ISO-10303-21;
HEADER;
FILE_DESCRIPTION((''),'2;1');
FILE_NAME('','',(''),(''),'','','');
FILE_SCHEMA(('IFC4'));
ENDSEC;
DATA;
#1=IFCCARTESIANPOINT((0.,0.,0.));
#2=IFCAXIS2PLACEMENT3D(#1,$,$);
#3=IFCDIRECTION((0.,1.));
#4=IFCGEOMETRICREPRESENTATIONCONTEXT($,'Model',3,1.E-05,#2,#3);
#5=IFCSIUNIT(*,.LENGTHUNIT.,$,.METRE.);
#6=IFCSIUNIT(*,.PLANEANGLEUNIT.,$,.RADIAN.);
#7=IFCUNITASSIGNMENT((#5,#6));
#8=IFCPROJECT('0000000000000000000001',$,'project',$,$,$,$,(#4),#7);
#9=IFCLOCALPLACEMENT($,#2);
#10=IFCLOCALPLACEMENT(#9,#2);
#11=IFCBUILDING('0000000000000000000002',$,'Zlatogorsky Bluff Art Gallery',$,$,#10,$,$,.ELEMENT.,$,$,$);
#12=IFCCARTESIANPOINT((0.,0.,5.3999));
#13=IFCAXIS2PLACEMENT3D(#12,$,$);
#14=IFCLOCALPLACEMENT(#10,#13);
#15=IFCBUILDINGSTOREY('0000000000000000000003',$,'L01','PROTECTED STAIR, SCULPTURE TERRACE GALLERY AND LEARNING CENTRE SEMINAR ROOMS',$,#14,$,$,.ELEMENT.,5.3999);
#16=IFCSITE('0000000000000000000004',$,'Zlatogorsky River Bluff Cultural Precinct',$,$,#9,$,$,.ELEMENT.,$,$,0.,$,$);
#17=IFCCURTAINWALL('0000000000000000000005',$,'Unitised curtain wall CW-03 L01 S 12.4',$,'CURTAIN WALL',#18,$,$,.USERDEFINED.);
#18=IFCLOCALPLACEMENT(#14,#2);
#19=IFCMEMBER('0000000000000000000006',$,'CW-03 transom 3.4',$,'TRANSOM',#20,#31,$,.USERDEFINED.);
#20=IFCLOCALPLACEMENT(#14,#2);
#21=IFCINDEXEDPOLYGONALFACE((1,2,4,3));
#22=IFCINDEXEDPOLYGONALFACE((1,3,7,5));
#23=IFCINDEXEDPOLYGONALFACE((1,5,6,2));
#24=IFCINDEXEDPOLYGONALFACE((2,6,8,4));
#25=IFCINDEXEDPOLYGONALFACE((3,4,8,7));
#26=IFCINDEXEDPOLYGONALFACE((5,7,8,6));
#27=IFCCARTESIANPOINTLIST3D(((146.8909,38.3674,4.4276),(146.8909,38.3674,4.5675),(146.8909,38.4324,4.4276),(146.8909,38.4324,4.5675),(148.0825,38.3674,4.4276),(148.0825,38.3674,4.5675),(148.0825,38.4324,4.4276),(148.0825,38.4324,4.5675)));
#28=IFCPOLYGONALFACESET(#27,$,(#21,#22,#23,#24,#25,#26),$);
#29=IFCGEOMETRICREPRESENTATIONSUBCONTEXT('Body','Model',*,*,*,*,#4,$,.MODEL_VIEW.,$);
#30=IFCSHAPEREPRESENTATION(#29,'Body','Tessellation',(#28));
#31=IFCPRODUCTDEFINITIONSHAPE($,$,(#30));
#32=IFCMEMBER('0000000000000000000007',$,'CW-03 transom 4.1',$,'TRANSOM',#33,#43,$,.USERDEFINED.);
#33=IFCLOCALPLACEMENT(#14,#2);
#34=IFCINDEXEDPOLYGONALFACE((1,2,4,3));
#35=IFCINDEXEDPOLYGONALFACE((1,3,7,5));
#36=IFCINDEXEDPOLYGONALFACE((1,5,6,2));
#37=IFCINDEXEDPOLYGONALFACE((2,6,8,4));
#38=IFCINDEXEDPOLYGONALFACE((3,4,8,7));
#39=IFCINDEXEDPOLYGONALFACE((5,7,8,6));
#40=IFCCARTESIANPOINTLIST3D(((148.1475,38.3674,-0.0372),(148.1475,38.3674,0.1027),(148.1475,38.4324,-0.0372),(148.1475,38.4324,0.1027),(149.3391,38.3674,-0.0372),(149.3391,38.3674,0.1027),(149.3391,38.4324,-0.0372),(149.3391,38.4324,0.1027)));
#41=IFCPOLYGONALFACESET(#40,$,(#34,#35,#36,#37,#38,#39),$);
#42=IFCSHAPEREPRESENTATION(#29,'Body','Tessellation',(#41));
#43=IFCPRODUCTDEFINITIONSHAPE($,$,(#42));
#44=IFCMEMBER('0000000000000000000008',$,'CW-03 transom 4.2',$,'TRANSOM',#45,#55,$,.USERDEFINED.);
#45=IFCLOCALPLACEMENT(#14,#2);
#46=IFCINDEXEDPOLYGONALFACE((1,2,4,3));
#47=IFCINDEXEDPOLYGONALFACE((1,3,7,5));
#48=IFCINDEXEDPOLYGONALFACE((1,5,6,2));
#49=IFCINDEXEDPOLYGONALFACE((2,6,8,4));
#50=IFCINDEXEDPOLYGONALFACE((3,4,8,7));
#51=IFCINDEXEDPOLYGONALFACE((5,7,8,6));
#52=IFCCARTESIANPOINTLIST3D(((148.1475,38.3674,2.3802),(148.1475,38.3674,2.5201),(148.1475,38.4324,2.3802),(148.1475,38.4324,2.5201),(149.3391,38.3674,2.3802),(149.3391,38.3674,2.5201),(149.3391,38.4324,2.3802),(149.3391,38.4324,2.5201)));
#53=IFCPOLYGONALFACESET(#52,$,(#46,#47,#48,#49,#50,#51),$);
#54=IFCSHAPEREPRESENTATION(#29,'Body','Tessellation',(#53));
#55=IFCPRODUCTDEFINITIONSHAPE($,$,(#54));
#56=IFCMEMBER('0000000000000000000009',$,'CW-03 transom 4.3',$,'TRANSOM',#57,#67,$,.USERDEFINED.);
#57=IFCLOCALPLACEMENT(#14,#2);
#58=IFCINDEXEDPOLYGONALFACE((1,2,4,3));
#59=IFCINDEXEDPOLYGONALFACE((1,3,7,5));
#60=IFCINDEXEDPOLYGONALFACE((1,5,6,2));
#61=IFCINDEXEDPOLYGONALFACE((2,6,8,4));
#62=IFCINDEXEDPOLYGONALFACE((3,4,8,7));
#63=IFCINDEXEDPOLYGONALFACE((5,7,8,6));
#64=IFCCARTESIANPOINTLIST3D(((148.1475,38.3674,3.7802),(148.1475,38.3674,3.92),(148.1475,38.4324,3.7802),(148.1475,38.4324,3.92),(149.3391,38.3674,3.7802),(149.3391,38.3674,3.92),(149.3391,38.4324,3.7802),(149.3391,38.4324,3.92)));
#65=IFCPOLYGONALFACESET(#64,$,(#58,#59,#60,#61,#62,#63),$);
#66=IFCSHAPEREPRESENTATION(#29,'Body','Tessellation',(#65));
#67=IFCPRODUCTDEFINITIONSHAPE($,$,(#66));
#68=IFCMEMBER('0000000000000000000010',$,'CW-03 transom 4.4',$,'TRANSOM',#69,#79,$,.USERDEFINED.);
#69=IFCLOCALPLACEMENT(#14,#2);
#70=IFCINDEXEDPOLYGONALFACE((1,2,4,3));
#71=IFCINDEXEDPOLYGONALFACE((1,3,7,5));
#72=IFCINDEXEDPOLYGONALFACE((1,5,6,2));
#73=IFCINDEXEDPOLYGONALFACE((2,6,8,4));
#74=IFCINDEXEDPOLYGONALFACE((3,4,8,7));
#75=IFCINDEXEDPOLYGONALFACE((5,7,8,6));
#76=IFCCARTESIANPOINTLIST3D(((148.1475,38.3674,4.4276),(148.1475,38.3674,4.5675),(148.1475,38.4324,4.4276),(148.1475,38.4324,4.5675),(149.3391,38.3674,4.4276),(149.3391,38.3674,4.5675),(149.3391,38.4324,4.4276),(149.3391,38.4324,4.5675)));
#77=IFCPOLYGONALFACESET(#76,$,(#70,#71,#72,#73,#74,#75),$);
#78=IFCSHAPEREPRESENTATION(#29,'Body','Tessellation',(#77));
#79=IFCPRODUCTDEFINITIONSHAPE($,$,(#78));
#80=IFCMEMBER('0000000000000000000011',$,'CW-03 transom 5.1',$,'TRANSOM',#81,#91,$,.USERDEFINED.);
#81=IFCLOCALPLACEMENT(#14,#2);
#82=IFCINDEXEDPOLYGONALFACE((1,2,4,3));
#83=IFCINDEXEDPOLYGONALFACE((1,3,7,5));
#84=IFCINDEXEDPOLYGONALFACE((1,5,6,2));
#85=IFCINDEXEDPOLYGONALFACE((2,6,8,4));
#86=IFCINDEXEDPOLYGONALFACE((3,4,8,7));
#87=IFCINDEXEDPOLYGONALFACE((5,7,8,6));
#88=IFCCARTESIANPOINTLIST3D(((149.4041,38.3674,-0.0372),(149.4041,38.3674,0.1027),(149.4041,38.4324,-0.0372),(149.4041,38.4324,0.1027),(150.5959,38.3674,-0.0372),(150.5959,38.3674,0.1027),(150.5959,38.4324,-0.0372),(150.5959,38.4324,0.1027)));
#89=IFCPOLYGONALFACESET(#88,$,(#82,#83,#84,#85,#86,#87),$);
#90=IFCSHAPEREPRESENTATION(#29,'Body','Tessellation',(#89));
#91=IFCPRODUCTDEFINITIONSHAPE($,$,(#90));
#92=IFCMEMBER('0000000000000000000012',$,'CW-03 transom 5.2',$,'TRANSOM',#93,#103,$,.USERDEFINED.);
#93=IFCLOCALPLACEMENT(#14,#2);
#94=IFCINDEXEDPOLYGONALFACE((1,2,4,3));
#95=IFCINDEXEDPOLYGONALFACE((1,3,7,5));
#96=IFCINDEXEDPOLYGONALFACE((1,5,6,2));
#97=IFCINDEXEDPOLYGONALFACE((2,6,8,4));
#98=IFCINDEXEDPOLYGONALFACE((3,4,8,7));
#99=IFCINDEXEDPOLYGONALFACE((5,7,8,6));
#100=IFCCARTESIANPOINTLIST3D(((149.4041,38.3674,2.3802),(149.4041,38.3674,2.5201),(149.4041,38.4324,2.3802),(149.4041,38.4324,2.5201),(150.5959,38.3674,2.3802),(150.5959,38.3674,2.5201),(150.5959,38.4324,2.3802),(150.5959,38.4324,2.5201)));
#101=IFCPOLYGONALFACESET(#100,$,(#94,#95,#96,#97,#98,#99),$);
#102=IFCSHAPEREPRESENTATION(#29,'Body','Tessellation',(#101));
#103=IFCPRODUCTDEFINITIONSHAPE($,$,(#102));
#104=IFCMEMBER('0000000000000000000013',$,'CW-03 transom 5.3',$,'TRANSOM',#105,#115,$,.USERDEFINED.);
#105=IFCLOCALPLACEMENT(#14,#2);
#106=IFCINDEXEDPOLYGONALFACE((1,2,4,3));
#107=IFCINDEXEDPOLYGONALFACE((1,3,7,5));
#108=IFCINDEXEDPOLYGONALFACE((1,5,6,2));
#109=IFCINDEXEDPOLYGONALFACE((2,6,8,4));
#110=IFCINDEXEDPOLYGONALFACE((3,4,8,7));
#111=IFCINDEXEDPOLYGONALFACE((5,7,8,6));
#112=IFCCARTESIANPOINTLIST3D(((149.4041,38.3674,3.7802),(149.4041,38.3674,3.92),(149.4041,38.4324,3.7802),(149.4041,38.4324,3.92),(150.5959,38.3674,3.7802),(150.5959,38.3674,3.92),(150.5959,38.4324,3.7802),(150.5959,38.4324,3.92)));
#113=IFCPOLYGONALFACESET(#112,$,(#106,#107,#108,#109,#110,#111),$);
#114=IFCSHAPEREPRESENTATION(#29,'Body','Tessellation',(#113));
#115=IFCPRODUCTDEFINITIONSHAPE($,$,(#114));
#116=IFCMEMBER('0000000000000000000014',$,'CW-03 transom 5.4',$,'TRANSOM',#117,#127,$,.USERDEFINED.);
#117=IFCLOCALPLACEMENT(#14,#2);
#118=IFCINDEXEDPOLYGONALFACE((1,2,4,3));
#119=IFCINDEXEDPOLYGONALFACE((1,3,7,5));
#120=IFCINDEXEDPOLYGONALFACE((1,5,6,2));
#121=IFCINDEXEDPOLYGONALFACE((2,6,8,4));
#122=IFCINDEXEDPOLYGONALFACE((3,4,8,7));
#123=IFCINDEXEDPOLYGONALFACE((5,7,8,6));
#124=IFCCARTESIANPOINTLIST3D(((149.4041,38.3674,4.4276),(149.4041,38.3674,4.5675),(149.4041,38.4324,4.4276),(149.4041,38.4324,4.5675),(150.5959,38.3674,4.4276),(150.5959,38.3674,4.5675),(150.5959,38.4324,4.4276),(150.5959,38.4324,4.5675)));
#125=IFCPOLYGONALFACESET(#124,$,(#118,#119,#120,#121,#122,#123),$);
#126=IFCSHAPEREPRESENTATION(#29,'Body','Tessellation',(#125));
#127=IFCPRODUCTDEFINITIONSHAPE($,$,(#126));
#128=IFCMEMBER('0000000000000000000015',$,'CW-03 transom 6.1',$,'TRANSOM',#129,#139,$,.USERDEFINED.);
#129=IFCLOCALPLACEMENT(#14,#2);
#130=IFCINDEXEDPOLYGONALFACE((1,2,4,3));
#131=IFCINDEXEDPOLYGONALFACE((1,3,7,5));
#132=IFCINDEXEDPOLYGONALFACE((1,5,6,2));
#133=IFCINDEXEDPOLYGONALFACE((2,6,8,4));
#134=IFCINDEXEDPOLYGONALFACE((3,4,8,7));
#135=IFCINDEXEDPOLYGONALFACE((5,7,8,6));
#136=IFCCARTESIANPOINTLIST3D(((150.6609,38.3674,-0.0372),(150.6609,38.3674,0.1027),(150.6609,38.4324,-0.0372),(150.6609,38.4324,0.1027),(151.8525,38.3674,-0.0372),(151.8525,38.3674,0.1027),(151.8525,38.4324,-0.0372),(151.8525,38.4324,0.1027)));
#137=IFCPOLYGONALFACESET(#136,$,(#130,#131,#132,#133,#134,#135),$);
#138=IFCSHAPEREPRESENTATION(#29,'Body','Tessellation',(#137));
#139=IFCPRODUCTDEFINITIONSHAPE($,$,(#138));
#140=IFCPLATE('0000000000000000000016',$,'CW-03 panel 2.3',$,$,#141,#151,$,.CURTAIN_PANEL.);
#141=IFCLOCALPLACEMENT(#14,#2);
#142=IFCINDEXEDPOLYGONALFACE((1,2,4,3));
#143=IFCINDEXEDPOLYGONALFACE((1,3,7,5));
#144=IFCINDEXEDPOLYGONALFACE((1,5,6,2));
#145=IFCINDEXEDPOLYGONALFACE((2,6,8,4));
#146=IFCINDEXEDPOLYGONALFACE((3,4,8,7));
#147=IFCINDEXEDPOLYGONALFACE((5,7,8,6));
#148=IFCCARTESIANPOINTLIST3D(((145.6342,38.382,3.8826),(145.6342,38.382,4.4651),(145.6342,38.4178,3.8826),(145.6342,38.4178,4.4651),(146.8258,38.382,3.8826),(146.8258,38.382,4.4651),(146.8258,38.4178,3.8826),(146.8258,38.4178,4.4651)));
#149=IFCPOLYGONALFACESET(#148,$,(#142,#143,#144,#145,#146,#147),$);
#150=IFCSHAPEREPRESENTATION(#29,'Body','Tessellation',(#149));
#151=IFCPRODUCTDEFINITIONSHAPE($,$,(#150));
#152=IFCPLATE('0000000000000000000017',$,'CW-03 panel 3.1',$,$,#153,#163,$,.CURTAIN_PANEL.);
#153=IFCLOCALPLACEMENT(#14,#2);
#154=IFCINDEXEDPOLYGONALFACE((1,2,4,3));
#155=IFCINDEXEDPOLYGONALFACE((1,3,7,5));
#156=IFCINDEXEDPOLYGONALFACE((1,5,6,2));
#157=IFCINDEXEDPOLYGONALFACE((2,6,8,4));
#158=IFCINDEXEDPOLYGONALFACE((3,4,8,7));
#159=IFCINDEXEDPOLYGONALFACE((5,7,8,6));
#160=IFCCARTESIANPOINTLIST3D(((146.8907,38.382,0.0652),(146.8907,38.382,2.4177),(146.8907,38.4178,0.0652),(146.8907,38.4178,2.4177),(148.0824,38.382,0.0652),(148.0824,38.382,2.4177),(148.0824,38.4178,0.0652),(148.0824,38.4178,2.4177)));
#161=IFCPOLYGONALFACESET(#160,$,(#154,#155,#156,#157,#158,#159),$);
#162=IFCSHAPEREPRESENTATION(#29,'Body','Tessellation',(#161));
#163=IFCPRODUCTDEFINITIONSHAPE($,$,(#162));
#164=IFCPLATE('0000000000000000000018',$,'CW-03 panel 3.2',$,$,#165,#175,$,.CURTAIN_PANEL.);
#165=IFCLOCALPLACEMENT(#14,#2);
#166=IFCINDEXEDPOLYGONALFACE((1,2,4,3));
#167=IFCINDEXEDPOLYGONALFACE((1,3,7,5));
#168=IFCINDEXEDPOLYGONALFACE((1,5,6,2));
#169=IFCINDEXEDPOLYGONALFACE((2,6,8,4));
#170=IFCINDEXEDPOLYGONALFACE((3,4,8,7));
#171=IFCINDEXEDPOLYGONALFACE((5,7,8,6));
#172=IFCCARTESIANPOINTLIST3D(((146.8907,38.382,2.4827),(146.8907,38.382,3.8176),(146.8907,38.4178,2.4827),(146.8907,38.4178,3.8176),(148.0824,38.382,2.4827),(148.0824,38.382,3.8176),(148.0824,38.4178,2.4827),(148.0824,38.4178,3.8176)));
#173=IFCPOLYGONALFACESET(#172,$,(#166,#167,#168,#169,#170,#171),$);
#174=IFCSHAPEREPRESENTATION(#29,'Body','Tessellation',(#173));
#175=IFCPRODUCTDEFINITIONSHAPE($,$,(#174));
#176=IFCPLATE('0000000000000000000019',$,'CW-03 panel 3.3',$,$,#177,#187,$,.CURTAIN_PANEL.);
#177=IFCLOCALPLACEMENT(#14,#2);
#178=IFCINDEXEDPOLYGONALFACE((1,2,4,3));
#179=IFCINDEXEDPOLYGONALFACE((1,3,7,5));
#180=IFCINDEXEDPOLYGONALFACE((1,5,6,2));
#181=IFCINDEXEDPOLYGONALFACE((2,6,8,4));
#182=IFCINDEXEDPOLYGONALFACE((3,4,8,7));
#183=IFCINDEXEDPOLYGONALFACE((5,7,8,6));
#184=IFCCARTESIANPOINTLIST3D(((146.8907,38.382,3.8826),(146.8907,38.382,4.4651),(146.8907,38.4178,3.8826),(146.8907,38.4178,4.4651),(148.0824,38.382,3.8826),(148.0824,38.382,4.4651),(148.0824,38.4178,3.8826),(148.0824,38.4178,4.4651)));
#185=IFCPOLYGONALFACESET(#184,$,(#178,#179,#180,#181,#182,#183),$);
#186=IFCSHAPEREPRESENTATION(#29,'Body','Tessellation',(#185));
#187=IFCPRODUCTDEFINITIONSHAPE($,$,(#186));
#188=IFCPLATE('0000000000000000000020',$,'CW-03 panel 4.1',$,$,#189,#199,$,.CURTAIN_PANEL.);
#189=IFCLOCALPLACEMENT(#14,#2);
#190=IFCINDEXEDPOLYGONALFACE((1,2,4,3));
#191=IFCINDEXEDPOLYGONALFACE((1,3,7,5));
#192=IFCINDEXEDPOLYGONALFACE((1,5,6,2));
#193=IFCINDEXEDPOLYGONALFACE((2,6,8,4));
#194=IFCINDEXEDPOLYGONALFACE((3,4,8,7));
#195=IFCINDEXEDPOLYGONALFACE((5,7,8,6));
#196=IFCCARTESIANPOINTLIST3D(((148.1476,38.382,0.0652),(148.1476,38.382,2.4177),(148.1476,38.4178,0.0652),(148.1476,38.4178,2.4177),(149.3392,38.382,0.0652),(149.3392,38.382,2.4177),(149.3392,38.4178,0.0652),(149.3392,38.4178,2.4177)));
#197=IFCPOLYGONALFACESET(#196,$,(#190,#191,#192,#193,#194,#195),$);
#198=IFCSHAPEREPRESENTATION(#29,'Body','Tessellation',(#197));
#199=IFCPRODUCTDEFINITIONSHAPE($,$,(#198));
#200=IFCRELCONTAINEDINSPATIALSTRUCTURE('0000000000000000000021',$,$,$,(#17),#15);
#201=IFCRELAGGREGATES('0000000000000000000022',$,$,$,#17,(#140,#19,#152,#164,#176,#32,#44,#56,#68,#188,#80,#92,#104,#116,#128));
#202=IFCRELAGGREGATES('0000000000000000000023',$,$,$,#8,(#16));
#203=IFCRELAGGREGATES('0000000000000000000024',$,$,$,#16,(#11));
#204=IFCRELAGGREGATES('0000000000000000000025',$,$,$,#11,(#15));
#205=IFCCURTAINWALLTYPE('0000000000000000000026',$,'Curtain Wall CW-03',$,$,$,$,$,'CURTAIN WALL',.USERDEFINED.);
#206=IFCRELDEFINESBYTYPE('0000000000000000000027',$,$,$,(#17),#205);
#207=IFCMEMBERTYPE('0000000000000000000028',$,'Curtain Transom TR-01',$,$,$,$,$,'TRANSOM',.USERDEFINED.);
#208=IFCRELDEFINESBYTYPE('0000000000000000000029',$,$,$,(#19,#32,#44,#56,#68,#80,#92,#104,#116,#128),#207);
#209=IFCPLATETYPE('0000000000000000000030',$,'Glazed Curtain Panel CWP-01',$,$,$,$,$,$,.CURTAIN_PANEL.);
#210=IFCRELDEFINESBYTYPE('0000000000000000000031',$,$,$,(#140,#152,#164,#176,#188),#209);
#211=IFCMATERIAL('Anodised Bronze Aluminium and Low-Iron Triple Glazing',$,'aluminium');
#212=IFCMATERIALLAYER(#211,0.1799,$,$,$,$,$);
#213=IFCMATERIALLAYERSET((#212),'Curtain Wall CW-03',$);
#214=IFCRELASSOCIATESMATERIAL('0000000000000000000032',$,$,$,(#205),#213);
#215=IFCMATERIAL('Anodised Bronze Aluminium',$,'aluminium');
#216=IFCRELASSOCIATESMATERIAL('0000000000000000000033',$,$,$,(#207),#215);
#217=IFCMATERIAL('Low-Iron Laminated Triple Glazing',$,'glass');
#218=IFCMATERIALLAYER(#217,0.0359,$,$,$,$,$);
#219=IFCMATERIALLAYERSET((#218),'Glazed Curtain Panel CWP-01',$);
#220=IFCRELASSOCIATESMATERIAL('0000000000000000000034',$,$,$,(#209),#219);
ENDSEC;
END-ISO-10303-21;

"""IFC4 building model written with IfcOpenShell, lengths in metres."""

from ifc_helpers import new_model, si_unit, direction, frame, origin, origin_2d, place, context, subcontext, project, spatial, rectangle, extrude, material, layer, layer_set, material_profile, profile_set, type_object, element, aggregate, save


model = new_model("IFC4")

# Units and contexts
model_context = context("Model", 3, precision=1e-05, world=origin(), true_north=direction((0.0, 1.0)))
body_context = subcontext(model_context, "Body", "Model", "MODEL_VIEW")
ifc_project = project(units=[si_unit("LENGTHUNIT", "METRE"), si_unit("PLANEANGLEUNIT", "RADIAN")], contexts=[model_context])

# Site, building, storey
site_placement = place(None, origin())
site = spatial("IfcSite", under=ifc_project, at=site_placement, Name="Zlatogorsky River Bluff Cultural Precinct", CompositionType="ELEMENT", RefElevation=0.0)
building_placement = place(site_placement, origin())
building = spatial("IfcBuilding", under=site, at=building_placement, Name="Zlatogorsky Bluff Art Gallery", CompositionType="ELEMENT")
storey_placement = place(building_placement, frame((0.0, 0.0, 5.3999)))
storey = spatial("IfcBuildingStorey", under=building, at=storey_placement, Name="L01", Description="PROTECTED STAIR, SCULPTURE TERRACE GALLERY AND LEARNING CENTRE SEMINAR ROOMS", CompositionType="ELEMENT", Elevation=5.3999)

# Curtain wall, members, plates
ifc_material_1 = material(Name="Anodised Bronze Aluminium and Low-Iron Triple Glazing", Category="aluminium")
ifc_layer_1 = layer(ifc_material_1, 0.1799)
ifc_layer_set_1 = layer_set([ifc_layer_1], Name="Curtain Wall CW-03")
curtain_wall_type = type_object("IfcCurtainWallType", Name="Curtain Wall CW-03", ElementType="CURTAIN WALL", PredefinedType="USERDEFINED", material=ifc_layer_set_1)
curtain_wall_placement = place(storey_placement, origin())
curtain_wall = element("IfcCurtainWall", 1, at=curtain_wall_placement, inside=storey, type_object=curtain_wall_type, Name="Unitised curtain wall CW-03 L01 S 12.4", ObjectType="CURTAIN WALL", PredefinedType="USERDEFINED")
ifc_material_2 = material(Name="Anodised Bronze Aluminium", Category="aluminium")
ifc_material_profile_1 = material_profile(ifc_material_2, rectangle(XDim=0.0649, YDim=0.1399, at=origin_2d()), Name="ALU TRANSOM 65x140")
ifc_profile_set_1 = profile_set([ifc_material_profile_1], Name="Anodised Bronze Aluminium")
member_type_1 = type_object("IfcMemberType", Name="Curtain Transom TR-01", ElementType="TRANSOM", PredefinedType="USERDEFINED", material=ifc_profile_set_1)
member_1_placement = place(storey_placement, frame((146.8909, 38.3999, 4.4976), z_axis=(1.0, 0.0, 0.0), x_axis=(0.0, 1.0, 0.0)))
member_1 = element("IfcMember", 2, at=member_1_placement, type_object=member_type_1, Name="CW-03 transom 3.4", ObjectType="TRANSOM", PredefinedType="USERDEFINED", context=body_context, shape_type="SweptSolid", body=[
    extrude(rectangle(XDim=0.0649, YDim=0.1399, at=origin_2d()), origin(), (0.0, 0.0, 1.0), 1.1917),
])
member_2_placement = place(storey_placement, frame((148.1475, 38.3999, 0.0327), z_axis=(1.0, 0.0, 0.0), x_axis=(0.0, 1.0, 0.0)))
member_2 = element("IfcMember", 3, at=member_2_placement, type_object=member_type_1, Name="CW-03 transom 4.1", ObjectType="TRANSOM", PredefinedType="USERDEFINED", context=body_context, shape_type="SweptSolid", body=[
    extrude(rectangle(XDim=0.0649, YDim=0.1399, at=origin_2d()), origin(), (0.0, 0.0, 1.0), 1.1917),
])
member_3_placement = place(storey_placement, frame((148.1475, 38.3999, 2.4502), z_axis=(1.0, 0.0, 0.0), x_axis=(0.0, 1.0, 0.0)))
member_3 = element("IfcMember", 4, at=member_3_placement, type_object=member_type_1, Name="CW-03 transom 4.2", ObjectType="TRANSOM", PredefinedType="USERDEFINED", context=body_context, shape_type="SweptSolid", body=[
    extrude(rectangle(XDim=0.0649, YDim=0.1399, at=origin_2d()), origin(), (0.0, 0.0, 1.0), 1.1917),
])
member_4_placement = place(storey_placement, frame((148.1475, 38.3999, 3.8501), z_axis=(1.0, 0.0, 0.0), x_axis=(0.0, 1.0, 0.0)))
member_4 = element("IfcMember", 5, at=member_4_placement, type_object=member_type_1, Name="CW-03 transom 4.3", ObjectType="TRANSOM", PredefinedType="USERDEFINED", context=body_context, shape_type="SweptSolid", body=[
    extrude(rectangle(XDim=0.0649, YDim=0.1399, at=origin_2d()), origin(), (0.0, 0.0, 1.0), 1.1917),
])
member_5_placement = place(storey_placement, frame((148.1475, 38.3999, 4.4976), z_axis=(1.0, 0.0, 0.0), x_axis=(0.0, 1.0, 0.0)))
member_5 = element("IfcMember", 6, at=member_5_placement, type_object=member_type_1, Name="CW-03 transom 4.4", ObjectType="TRANSOM", PredefinedType="USERDEFINED", context=body_context, shape_type="SweptSolid", body=[
    extrude(rectangle(XDim=0.0649, YDim=0.1399, at=origin_2d()), origin(), (0.0, 0.0, 1.0), 1.1917),
])
member_6_placement = place(storey_placement, frame((149.4041, 38.3999, 0.0327), z_axis=(1.0, 0.0, 0.0), x_axis=(0.0, 1.0, 0.0)))
member_6 = element("IfcMember", 7, at=member_6_placement, type_object=member_type_1, Name="CW-03 transom 5.1", ObjectType="TRANSOM", PredefinedType="USERDEFINED", context=body_context, shape_type="SweptSolid", body=[
    extrude(rectangle(XDim=0.0649, YDim=0.1399, at=origin_2d()), origin(), (0.0, 0.0, 1.0), 1.1919),
])
member_7_placement = place(storey_placement, frame((149.4041, 38.3999, 2.4502), z_axis=(1.0, 0.0, 0.0), x_axis=(0.0, 1.0, 0.0)))
member_7 = element("IfcMember", 8, at=member_7_placement, type_object=member_type_1, Name="CW-03 transom 5.2", ObjectType="TRANSOM", PredefinedType="USERDEFINED", context=body_context, shape_type="SweptSolid", body=[
    extrude(rectangle(XDim=0.0649, YDim=0.1399, at=origin_2d()), origin(), (0.0, 0.0, 1.0), 1.1919),
])
member_8_placement = place(storey_placement, frame((149.4041, 38.3999, 3.8501), z_axis=(1.0, 0.0, 0.0), x_axis=(0.0, 1.0, 0.0)))
member_8 = element("IfcMember", 9, at=member_8_placement, type_object=member_type_1, Name="CW-03 transom 5.3", ObjectType="TRANSOM", PredefinedType="USERDEFINED", context=body_context, shape_type="SweptSolid", body=[
    extrude(rectangle(XDim=0.0649, YDim=0.1399, at=origin_2d()), origin(), (0.0, 0.0, 1.0), 1.1919),
])
member_9_placement = place(storey_placement, frame((149.4041, 38.3999, 4.4976), z_axis=(1.0, 0.0, 0.0), x_axis=(0.0, 1.0, 0.0)))
member_9 = element("IfcMember", 10, at=member_9_placement, type_object=member_type_1, Name="CW-03 transom 5.4", ObjectType="TRANSOM", PredefinedType="USERDEFINED", context=body_context, shape_type="SweptSolid", body=[
    extrude(rectangle(XDim=0.0649, YDim=0.1399, at=origin_2d()), origin(), (0.0, 0.0, 1.0), 1.1919),
])
member_10_placement = place(storey_placement, frame((150.6609, 38.3999, 0.0327), z_axis=(1.0, 0.0, 0.0), x_axis=(0.0, 1.0, 0.0)))
member_10 = element("IfcMember", 11, at=member_10_placement, type_object=member_type_1, Name="CW-03 transom 6.1", ObjectType="TRANSOM", PredefinedType="USERDEFINED", context=body_context, shape_type="SweptSolid", body=[
    extrude(rectangle(XDim=0.0649, YDim=0.1399, at=origin_2d()), origin(), (0.0, 0.0, 1.0), 1.1917),
])
ifc_material_3 = material(Name="Low-Iron Laminated Triple Glazing", Category="glass")
ifc_layer_2 = layer(ifc_material_3, 0.0359)
ifc_layer_set_2 = layer_set([ifc_layer_2], Name="Glazed Curtain Panel CWP-01")
plate_type = type_object("IfcPlateType", Name="Glazed Curtain Panel CWP-01", PredefinedType="CURTAIN_PANEL", material=ifc_layer_set_2)
plate_1_placement = place(storey_placement, frame((146.23, 38.3999, 3.8826), z_axis=(0.0, 0.0, 1.0), x_axis=(1.0, 0.0, 0.0)))
plate_1 = element("IfcPlate", 12, at=plate_1_placement, type_object=plate_type, Name="CW-03 panel 2.3", PredefinedType="CURTAIN_PANEL", context=body_context, shape_type="SweptSolid", body=[
    extrude(rectangle(XDim=1.1917, YDim=0.0359, at=origin_2d()), origin(), (0.0, 0.0, 1.0), 0.5825),
])
plate_2_placement = place(storey_placement, frame((147.4866, 38.3999, 0.0652), z_axis=(0.0, 0.0, 1.0), x_axis=(1.0, 0.0, 0.0)))
plate_2 = element("IfcPlate", 13, at=plate_2_placement, type_object=plate_type, Name="CW-03 panel 3.1", PredefinedType="CURTAIN_PANEL", context=body_context, shape_type="SweptSolid", body=[
    extrude(rectangle(XDim=1.1917, YDim=0.0359, at=origin_2d()), origin(), (0.0, 0.0, 1.0), 2.3525),
])
plate_3_placement = place(storey_placement, frame((147.4866, 38.3999, 2.4827), z_axis=(0.0, 0.0, 1.0), x_axis=(1.0, 0.0, 0.0)))
plate_3 = element("IfcPlate", 14, at=plate_3_placement, type_object=plate_type, Name="CW-03 panel 3.2", PredefinedType="CURTAIN_PANEL", context=body_context, shape_type="SweptSolid", body=[
    extrude(rectangle(XDim=1.1917, YDim=0.0359, at=origin_2d()), origin(), (0.0, 0.0, 1.0), 1.335),
])
plate_4_placement = place(storey_placement, frame((147.4866, 38.3999, 3.8826), z_axis=(0.0, 0.0, 1.0), x_axis=(1.0, 0.0, 0.0)))
plate_4 = element("IfcPlate", 15, at=plate_4_placement, type_object=plate_type, Name="CW-03 panel 3.3", PredefinedType="CURTAIN_PANEL", context=body_context, shape_type="SweptSolid", body=[
    extrude(rectangle(XDim=1.1917, YDim=0.0359, at=origin_2d()), origin(), (0.0, 0.0, 1.0), 0.5825),
])
plate_5_placement = place(storey_placement, frame((148.7434, 38.3999, 0.0652), z_axis=(0.0, 0.0, 1.0), x_axis=(1.0, 0.0, 0.0)))
plate_5 = element("IfcPlate", 16, at=plate_5_placement, type_object=plate_type, Name="CW-03 panel 4.1", PredefinedType="CURTAIN_PANEL", context=body_context, shape_type="SweptSolid", body=[
    extrude(rectangle(XDim=1.1917, YDim=0.0359, at=origin_2d()), origin(), (0.0, 0.0, 1.0), 2.3525),
])
aggregate(curtain_wall, [plate_1, member_1, plate_2, plate_3, plate_4, member_2, member_3, member_4, member_5, plate_5, member_6, member_7, member_8, member_9, member_10])

save(model, "model.ifc")
